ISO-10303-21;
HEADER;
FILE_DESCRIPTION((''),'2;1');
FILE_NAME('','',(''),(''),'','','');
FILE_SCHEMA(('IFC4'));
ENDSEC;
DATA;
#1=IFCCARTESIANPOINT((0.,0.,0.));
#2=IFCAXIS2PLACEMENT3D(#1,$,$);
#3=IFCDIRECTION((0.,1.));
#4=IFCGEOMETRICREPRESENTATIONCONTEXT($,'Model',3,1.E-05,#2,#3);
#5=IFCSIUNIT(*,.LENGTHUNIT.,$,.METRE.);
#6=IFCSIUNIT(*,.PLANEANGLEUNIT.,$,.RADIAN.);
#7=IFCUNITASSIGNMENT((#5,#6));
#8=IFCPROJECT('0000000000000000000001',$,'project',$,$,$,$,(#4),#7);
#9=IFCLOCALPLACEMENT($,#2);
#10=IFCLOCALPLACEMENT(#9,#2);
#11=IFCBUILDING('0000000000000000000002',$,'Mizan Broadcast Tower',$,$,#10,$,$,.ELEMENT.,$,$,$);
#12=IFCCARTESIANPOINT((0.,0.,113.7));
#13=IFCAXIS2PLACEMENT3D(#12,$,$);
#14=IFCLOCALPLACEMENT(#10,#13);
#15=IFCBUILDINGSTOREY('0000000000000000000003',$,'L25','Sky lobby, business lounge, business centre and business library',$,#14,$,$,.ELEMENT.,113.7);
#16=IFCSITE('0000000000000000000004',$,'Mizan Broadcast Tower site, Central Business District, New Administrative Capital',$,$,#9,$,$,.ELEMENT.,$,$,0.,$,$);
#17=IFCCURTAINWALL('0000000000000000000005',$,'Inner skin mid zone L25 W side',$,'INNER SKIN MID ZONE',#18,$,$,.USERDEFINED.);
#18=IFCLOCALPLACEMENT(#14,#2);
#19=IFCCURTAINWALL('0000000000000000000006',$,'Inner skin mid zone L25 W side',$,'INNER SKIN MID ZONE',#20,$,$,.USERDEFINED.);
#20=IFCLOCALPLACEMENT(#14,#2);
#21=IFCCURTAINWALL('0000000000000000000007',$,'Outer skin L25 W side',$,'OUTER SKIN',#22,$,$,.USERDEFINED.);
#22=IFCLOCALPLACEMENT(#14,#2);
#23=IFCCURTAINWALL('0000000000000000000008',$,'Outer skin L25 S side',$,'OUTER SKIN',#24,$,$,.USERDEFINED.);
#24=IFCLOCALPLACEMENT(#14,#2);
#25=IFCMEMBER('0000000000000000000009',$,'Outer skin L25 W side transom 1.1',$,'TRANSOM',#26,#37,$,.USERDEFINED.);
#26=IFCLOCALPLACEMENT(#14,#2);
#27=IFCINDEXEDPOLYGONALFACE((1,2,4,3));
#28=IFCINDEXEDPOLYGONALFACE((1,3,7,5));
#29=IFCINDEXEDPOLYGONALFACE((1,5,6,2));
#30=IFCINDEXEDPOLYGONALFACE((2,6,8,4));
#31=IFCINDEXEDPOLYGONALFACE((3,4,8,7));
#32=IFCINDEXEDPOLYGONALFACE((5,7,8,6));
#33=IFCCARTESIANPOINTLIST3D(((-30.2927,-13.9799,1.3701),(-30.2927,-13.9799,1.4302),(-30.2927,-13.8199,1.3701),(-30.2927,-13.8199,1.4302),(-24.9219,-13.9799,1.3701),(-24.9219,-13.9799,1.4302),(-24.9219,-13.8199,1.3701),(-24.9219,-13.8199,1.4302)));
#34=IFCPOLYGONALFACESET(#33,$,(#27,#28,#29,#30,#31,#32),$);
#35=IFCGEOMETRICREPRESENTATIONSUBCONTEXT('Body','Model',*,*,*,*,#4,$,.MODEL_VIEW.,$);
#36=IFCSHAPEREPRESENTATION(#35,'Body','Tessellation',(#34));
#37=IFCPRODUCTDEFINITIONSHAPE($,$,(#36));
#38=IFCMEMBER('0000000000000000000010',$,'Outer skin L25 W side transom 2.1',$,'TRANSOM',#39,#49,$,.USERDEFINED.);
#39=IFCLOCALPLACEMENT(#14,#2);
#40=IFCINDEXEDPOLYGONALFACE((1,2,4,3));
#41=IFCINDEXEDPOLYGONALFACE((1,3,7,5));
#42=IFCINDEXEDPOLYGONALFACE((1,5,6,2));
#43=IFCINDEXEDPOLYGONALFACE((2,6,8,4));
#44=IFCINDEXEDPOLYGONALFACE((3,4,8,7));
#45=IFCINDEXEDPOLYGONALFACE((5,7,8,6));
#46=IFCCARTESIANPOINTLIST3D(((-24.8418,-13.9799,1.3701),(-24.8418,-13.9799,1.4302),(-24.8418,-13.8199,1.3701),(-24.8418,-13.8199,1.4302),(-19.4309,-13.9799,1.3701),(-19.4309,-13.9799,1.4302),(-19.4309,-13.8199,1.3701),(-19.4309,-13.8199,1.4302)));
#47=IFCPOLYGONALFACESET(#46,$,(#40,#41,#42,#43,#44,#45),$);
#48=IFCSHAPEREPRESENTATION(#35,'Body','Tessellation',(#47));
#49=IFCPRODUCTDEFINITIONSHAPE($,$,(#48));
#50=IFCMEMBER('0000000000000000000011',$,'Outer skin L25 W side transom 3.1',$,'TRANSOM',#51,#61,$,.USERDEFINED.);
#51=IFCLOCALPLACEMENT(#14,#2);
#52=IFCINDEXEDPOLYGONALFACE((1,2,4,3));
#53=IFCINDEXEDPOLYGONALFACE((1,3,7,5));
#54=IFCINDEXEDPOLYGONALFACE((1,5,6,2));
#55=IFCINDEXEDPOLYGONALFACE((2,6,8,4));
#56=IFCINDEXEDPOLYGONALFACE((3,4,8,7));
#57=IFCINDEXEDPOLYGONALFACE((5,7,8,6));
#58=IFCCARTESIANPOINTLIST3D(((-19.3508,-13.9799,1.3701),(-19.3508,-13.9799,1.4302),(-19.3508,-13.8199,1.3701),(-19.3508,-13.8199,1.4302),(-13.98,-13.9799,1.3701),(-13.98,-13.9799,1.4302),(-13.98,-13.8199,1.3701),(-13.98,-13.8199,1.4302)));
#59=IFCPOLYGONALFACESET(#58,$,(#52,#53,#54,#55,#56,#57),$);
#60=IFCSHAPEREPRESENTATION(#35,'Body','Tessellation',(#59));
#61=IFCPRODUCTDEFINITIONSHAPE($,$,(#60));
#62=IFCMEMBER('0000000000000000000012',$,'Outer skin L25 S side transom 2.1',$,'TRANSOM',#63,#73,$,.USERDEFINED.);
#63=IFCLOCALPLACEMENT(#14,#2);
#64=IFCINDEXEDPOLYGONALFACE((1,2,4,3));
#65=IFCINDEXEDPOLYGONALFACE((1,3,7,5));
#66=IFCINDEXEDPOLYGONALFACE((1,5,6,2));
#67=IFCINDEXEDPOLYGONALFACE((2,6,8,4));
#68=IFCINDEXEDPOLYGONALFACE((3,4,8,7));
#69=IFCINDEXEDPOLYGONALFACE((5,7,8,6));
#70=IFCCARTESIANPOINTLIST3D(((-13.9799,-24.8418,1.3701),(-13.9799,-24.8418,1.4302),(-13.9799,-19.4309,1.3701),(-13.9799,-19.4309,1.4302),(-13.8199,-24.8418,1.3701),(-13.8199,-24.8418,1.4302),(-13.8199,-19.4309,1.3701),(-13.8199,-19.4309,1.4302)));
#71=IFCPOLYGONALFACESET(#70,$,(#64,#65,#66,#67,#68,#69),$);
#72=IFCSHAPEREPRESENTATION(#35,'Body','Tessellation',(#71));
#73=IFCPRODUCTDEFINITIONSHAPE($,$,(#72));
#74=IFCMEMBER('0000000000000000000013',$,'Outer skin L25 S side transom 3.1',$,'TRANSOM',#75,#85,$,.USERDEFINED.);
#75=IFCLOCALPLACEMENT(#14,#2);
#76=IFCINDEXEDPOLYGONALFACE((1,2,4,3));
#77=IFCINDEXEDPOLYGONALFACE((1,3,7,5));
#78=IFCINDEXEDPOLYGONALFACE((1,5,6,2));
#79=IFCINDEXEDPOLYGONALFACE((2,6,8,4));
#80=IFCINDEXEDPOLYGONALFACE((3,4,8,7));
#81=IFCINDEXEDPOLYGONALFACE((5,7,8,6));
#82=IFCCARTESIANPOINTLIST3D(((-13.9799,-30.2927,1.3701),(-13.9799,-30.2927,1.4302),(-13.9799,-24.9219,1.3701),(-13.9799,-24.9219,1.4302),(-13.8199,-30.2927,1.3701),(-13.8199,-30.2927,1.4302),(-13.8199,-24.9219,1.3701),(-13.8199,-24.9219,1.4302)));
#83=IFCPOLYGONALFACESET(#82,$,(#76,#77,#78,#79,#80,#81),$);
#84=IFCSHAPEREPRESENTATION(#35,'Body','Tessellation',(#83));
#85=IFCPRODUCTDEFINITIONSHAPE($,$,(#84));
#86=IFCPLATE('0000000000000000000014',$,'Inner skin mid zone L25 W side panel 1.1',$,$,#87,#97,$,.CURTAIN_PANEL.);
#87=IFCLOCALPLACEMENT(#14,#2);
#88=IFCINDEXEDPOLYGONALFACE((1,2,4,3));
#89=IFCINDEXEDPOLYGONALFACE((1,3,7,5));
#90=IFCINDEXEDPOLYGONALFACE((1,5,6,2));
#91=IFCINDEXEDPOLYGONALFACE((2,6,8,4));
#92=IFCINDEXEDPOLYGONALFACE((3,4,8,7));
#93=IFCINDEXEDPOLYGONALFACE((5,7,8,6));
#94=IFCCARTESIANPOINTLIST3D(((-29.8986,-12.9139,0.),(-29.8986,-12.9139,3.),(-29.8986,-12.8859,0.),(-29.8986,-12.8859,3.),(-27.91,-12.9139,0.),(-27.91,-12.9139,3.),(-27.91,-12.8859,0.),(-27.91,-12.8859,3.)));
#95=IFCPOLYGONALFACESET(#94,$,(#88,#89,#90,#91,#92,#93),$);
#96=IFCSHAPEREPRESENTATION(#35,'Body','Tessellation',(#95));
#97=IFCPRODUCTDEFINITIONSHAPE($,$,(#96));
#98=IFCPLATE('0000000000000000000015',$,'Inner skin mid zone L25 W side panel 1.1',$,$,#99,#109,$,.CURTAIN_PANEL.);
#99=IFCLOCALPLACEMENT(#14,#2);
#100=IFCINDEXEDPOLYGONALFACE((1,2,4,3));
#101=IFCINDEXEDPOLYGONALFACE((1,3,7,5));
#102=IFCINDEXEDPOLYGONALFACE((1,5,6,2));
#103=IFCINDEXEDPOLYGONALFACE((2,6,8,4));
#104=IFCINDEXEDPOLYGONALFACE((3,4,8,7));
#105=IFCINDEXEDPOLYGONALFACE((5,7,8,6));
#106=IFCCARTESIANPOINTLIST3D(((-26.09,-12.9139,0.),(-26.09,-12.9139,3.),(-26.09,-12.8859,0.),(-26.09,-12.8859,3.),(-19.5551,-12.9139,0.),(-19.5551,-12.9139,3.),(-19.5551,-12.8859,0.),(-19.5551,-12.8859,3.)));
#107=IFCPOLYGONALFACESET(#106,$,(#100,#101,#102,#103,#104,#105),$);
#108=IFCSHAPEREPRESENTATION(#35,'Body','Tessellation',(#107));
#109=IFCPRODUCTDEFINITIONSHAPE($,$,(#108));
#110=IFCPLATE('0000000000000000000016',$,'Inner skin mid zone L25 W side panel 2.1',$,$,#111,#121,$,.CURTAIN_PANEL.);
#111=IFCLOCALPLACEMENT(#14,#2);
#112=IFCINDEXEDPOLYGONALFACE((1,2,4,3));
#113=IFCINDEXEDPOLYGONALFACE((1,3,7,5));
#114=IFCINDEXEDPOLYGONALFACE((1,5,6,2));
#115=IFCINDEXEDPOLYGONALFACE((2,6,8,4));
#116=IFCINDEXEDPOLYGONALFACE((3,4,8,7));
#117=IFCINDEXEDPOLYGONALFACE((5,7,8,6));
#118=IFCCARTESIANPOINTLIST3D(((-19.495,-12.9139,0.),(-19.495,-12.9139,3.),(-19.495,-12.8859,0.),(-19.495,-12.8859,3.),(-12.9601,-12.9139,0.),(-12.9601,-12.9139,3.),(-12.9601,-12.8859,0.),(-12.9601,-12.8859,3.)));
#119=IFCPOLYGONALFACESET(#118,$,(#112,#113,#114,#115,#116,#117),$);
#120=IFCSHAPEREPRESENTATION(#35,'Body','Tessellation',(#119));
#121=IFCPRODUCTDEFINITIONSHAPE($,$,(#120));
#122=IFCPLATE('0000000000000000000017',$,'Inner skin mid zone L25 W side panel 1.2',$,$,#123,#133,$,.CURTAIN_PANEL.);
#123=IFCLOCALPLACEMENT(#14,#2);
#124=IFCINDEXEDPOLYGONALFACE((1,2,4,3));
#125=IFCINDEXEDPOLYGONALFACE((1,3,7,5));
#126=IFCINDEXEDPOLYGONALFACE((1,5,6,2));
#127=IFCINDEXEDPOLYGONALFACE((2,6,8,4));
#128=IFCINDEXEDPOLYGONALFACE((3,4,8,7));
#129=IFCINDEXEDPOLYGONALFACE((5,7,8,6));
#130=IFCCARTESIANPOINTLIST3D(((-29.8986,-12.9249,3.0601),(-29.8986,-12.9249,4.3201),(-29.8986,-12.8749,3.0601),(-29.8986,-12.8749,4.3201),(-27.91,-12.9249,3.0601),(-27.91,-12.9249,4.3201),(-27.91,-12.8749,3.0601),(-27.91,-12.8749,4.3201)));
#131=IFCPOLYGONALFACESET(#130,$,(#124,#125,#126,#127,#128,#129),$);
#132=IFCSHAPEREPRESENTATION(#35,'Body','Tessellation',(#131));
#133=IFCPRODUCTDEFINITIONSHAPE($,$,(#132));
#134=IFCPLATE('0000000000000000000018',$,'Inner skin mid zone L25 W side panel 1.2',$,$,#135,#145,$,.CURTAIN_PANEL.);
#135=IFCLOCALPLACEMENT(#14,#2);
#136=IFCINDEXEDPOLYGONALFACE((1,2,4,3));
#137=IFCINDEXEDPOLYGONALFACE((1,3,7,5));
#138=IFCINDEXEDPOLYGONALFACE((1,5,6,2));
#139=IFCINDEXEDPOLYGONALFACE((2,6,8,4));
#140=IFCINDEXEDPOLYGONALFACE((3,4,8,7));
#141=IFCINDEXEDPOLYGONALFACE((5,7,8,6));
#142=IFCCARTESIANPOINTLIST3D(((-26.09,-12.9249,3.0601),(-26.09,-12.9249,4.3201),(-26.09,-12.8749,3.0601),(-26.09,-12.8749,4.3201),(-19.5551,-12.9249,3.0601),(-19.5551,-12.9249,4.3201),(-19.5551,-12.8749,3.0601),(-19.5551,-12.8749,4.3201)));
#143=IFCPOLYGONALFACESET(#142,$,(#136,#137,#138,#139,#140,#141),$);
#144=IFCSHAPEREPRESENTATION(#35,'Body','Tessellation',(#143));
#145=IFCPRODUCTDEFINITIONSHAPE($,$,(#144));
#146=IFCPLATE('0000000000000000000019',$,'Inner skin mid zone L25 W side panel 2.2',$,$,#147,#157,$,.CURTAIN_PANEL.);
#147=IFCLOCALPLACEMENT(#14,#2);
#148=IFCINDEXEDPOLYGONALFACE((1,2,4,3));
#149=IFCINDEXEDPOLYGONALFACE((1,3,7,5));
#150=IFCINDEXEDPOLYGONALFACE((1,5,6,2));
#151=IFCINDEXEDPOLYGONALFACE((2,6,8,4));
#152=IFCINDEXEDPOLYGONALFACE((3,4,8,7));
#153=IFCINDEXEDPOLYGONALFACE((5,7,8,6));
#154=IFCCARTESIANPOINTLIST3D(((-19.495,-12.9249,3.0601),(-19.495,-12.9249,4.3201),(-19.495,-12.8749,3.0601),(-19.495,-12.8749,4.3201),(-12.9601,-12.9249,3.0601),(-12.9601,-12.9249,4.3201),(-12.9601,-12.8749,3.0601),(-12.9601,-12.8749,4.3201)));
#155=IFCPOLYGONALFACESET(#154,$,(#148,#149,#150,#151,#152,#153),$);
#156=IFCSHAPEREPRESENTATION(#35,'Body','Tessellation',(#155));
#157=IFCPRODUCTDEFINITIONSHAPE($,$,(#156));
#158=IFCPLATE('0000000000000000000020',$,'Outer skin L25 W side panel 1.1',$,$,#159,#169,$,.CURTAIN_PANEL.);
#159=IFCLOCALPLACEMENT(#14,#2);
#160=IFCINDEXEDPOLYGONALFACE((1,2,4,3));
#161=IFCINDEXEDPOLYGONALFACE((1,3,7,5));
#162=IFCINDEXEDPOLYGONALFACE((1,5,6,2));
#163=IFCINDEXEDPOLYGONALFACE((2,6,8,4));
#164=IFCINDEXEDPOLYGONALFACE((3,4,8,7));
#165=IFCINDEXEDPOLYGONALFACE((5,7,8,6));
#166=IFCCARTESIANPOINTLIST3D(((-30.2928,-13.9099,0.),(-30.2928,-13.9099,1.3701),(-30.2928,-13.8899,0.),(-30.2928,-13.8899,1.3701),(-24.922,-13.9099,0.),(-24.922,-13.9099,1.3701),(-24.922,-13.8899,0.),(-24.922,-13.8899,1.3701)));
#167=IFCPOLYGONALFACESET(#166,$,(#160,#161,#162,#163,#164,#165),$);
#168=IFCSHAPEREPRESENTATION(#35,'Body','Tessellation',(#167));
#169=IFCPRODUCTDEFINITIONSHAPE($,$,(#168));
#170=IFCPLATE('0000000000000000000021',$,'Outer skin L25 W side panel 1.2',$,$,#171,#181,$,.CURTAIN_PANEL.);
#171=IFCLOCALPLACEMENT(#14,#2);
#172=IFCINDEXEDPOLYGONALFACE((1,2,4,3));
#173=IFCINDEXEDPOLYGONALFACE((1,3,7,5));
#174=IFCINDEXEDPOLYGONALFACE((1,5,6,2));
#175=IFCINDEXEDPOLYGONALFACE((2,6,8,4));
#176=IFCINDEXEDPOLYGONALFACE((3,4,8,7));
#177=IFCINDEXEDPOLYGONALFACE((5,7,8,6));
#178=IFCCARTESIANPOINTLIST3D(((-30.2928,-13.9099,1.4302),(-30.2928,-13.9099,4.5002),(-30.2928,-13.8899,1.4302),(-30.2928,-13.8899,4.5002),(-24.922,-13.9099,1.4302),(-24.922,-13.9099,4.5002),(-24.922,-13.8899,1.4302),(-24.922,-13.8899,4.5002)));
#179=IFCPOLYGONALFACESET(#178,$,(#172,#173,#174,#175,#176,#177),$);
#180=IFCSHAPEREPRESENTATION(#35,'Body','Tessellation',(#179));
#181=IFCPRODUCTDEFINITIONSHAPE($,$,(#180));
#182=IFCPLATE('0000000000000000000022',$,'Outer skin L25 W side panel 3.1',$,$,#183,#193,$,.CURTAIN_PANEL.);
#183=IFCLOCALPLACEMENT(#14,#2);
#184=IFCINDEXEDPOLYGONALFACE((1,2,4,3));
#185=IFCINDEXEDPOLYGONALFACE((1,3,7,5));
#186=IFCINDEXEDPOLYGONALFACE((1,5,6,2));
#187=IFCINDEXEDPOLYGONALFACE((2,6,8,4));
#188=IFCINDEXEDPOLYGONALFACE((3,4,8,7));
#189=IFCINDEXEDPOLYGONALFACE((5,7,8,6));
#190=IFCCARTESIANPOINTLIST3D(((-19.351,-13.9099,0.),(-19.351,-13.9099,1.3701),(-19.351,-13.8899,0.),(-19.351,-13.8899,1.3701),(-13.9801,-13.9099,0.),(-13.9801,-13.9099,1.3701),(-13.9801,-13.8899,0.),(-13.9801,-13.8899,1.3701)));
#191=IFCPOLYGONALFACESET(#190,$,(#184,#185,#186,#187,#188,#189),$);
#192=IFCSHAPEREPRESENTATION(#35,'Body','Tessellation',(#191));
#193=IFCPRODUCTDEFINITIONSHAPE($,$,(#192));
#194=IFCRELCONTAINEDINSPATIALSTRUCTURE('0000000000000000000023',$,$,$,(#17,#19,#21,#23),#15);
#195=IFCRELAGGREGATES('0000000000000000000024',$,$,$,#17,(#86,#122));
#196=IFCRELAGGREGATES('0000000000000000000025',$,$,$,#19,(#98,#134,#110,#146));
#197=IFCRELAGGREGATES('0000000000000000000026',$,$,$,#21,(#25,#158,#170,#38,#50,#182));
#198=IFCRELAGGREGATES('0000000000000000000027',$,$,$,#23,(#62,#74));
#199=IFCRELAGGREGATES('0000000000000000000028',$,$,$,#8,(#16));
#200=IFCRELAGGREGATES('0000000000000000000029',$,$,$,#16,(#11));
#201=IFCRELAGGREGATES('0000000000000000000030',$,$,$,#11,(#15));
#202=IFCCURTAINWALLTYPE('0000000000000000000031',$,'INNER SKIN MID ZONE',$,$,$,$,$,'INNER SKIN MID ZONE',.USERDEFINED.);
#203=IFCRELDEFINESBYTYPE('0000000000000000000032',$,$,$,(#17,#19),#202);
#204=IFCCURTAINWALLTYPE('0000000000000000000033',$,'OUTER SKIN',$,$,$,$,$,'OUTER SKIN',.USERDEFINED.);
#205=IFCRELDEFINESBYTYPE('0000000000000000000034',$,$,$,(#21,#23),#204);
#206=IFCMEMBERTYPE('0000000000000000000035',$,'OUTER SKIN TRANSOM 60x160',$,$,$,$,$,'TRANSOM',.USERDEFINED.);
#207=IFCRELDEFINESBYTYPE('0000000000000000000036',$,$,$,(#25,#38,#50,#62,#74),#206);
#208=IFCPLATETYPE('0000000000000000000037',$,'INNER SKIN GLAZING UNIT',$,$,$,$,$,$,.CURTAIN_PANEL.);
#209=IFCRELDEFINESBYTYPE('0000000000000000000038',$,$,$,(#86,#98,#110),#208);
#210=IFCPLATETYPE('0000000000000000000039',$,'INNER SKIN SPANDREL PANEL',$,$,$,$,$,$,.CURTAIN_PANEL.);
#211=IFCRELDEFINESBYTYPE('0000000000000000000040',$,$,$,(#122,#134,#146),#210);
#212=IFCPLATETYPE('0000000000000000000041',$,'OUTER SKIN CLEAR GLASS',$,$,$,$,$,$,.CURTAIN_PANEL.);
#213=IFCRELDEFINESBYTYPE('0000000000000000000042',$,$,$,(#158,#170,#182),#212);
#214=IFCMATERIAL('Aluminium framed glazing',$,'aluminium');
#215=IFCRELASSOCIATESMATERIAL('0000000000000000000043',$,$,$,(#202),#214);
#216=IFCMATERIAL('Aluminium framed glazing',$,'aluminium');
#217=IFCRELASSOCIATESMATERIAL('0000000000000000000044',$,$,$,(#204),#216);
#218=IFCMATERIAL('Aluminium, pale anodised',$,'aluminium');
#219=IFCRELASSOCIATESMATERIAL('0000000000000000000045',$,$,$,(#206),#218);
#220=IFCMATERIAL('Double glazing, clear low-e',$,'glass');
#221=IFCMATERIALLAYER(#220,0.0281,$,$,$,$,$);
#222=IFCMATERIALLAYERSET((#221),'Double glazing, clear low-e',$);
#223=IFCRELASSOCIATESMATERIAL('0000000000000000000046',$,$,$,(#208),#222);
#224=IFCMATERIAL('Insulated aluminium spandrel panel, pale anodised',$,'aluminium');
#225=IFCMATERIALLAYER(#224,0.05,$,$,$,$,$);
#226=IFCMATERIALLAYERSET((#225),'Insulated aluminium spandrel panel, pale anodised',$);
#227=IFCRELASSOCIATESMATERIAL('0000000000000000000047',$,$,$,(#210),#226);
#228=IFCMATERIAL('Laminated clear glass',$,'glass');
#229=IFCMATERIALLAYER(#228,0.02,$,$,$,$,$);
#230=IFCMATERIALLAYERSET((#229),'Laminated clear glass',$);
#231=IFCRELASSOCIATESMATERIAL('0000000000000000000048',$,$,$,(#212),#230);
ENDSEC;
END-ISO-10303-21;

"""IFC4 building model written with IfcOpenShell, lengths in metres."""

from ifc_helpers import new_model, si_unit, direction, frame, origin, origin_2d, place, context, subcontext, project, spatial, rectangle, extrude, material, layer, layer_set, material_profile, profile_set, type_object, element, aggregate, save


model = new_model("IFC4")

# Units and contexts
model_context = context("Model", 3, precision=1e-05, world=origin(), true_north=direction((0.0, 1.0)))
body_context = subcontext(model_context, "Body", "Model", "MODEL_VIEW")
ifc_project = project(units=[si_unit("LENGTHUNIT", "METRE"), si_unit("PLANEANGLEUNIT", "RADIAN")], contexts=[model_context])

# Site, building, storey
site_placement = place(None, origin())
site = spatial("IfcSite", under=ifc_project, at=site_placement, Name="Mizan Broadcast Tower site, Central Business District, New Administrative Capital", CompositionType="ELEMENT", RefElevation=0.0)
building_placement = place(site_placement, origin())
building = spatial("IfcBuilding", under=site, at=building_placement, Name="Mizan Broadcast Tower", CompositionType="ELEMENT")
storey_placement = place(building_placement, frame((0.0, 0.0, 113.7)))
storey = spatial("IfcBuildingStorey", under=building, at=storey_placement, Name="L25", Description="Sky lobby, business lounge, business centre and business library", CompositionType="ELEMENT", Elevation=113.7)

# Curtain wall
ifc_material_1 = material(Name="Aluminium framed glazing", Category="aluminium")
curtain_wall_type_1 = type_object("IfcCurtainWallType", Name="INNER SKIN MID ZONE", ElementType="INNER SKIN MID ZONE", PredefinedType="USERDEFINED", material=ifc_material_1)
curtain_wall_1_placement = place(storey_placement, origin())
curtain_wall_1 = element("IfcCurtainWall", 1, at=curtain_wall_1_placement, inside=storey, type_object=curtain_wall_type_1, Name="Inner skin mid zone L25 W side", ObjectType="INNER SKIN MID ZONE", PredefinedType="USERDEFINED")

# Curtain wall
curtain_wall_2_placement = place(storey_placement, origin())
curtain_wall_2 = element("IfcCurtainWall", 2, at=curtain_wall_2_placement, inside=storey, type_object=curtain_wall_type_1, Name="Inner skin mid zone L25 W side", ObjectType="INNER SKIN MID ZONE", PredefinedType="USERDEFINED")

# Shared definitions
ifc_material_2 = material(Name="Aluminium framed glazing", Category="aluminium")
curtain_wall_type_2 = type_object("IfcCurtainWallType", Name="OUTER SKIN", ElementType="OUTER SKIN", PredefinedType="USERDEFINED", material=ifc_material_2)

# Curtain walls
curtain_wall_3_placement = place(storey_placement, origin())
curtain_wall_3 = element("IfcCurtainWall", 3, at=curtain_wall_3_placement, inside=storey, type_object=curtain_wall_type_2, Name="Outer skin L25 W side", ObjectType="OUTER SKIN", PredefinedType="USERDEFINED")
curtain_wall_4_placement = place(storey_placement, origin())
curtain_wall_4 = element("IfcCurtainWall", 4, at=curtain_wall_4_placement, inside=storey, type_object=curtain_wall_type_2, Name="Outer skin L25 S side", ObjectType="OUTER SKIN", PredefinedType="USERDEFINED")

# Members
ifc_material_3 = material(Name="Aluminium, pale anodised", Category="aluminium")
ifc_material_profile_1 = material_profile(ifc_material_3, rectangle(XDim=0.1599, YDim=0.0601, at=origin_2d()), Name="TRANSOM 160x60")
ifc_profile_set_1 = profile_set([ifc_material_profile_1], Name="Aluminium, pale anodised")
member_type_1 = type_object("IfcMemberType", Name="OUTER SKIN TRANSOM 60x160", ElementType="TRANSOM", PredefinedType="USERDEFINED", material=ifc_profile_set_1)
member_1_placement = place(storey_placement, frame((-30.2927, -13.8999, 1.4001), z_axis=(1.0, 0.0, 0.0), x_axis=(0.0, 1.0, 0.0)))
member_1 = element("IfcMember", 5, at=member_1_placement, type_object=member_type_1, Name="Outer skin L25 W side transom 1.1", ObjectType="TRANSOM", PredefinedType="USERDEFINED", context=body_context, shape_type="SweptSolid", body=[
    extrude(rectangle(XDim=0.1599, YDim=0.0601, at=origin_2d()), origin(), (0.0, 0.0, 1.0), 5.3708),
])
member_2_placement = place(storey_placement, frame((-24.8418, -13.8999, 1.4001), z_axis=(1.0, 0.0, 0.0), x_axis=(0.0, 1.0, 0.0)))
member_2 = element("IfcMember", 6, at=member_2_placement, type_object=member_type_1, Name="Outer skin L25 W side transom 2.1", ObjectType="TRANSOM", PredefinedType="USERDEFINED", context=body_context, shape_type="SweptSolid", body=[
    extrude(rectangle(XDim=0.1599, YDim=0.0601, at=origin_2d()), origin(), (0.0, 0.0, 1.0), 5.4109),
])
member_3_placement = place(storey_placement, frame((-19.3508, -13.8999, 1.4001), z_axis=(1.0, 0.0, 0.0), x_axis=(0.0, 1.0, 0.0)))
member_3 = element("IfcMember", 7, at=member_3_placement, type_object=member_type_1, Name="Outer skin L25 W side transom 3.1", ObjectType="TRANSOM", PredefinedType="USERDEFINED", context=body_context, shape_type="SweptSolid", body=[
    extrude(rectangle(XDim=0.1599, YDim=0.0601, at=origin_2d()), origin(), (0.0, 0.0, 1.0), 5.3708),
])
member_4_placement = place(storey_placement, frame((-13.8999, -19.4309, 1.4001), z_axis=(0.0, -1.0, 0.0), x_axis=(1.0, 0.0, 0.0)))
member_4 = element("IfcMember", 8, at=member_4_placement, type_object=member_type_1, Name="Outer skin L25 S side transom 2.1", ObjectType="TRANSOM", PredefinedType="USERDEFINED", context=body_context, shape_type="SweptSolid", body=[
    extrude(rectangle(XDim=0.1599, YDim=0.0601, at=origin_2d()), origin(), (0.0, 0.0, 1.0), 5.4109),
])
member_5_placement = place(storey_placement, frame((-13.8999, -24.9219, 1.4001), z_axis=(0.0, -1.0, 0.0), x_axis=(1.0, 0.0, 0.0)))
member_5 = element("IfcMember", 9, at=member_5_placement, type_object=member_type_1, Name="Outer skin L25 S side transom 3.1", ObjectType="TRANSOM", PredefinedType="USERDEFINED", context=body_context, shape_type="SweptSolid", body=[
    extrude(rectangle(XDim=0.1599, YDim=0.0601, at=origin_2d()), origin(), (0.0, 0.0, 1.0), 5.3708),
])

# Plates
ifc_material_4 = material(Name="Double glazing, clear low-e", Category="glass")
ifc_layer_1 = layer(ifc_material_4, 0.0281)
ifc_layer_set_1 = layer_set([ifc_layer_1], Name="Double glazing, clear low-e")
plate_type_1 = type_object("IfcPlateType", Name="INNER SKIN GLAZING UNIT", PredefinedType="CURTAIN_PANEL", material=ifc_layer_set_1)
plate_1_placement = place(storey_placement, frame((-28.9043, -12.8999, 0.0), z_axis=(0.0, 0.0, 1.0), x_axis=(1.0, 0.0, 0.0)))
plate_1 = element("IfcPlate", 10, at=plate_1_placement, type_object=plate_type_1, Name="Inner skin mid zone L25 W side panel 1.1", PredefinedType="CURTAIN_PANEL", context=body_context, shape_type="SweptSolid", body=[
    extrude(rectangle(XDim=1.9885, YDim=0.0281, at=origin_2d()), origin(), (0.0, 0.0, 1.0), 3.0),
])
plate_2_placement = place(storey_placement, frame((-22.8225, -12.8999, 0.0), z_axis=(0.0, 0.0, 1.0), x_axis=(1.0, 0.0, 0.0)))
plate_2 = element("IfcPlate", 11, at=plate_2_placement, type_object=plate_type_1, Name="Inner skin mid zone L25 W side panel 1.1", PredefinedType="CURTAIN_PANEL", context=body_context, shape_type="SweptSolid", body=[
    extrude(rectangle(XDim=6.5349, YDim=0.0281, at=origin_2d()), origin(), (0.0, 0.0, 1.0), 3.0),
])
plate_3_placement = place(storey_placement, frame((-16.2275, -12.8999, 0.0), z_axis=(0.0, 0.0, 1.0), x_axis=(1.0, 0.0, 0.0)))
plate_3 = element("IfcPlate", 12, at=plate_3_placement, type_object=plate_type_1, Name="Inner skin mid zone L25 W side panel 2.1", PredefinedType="CURTAIN_PANEL", context=body_context, shape_type="SweptSolid", body=[
    extrude(rectangle(XDim=6.5349, YDim=0.0281, at=origin_2d()), origin(), (0.0, 0.0, 1.0), 3.0),
])
ifc_material_5 = material(Name="Insulated aluminium spandrel panel, pale anodised", Category="aluminium")
ifc_layer_2 = layer(ifc_material_5, 0.05)
ifc_layer_set_2 = layer_set([ifc_layer_2], Name="Insulated aluminium spandrel panel, pale anodised")
plate_type_2 = type_object("IfcPlateType", Name="INNER SKIN SPANDREL PANEL", PredefinedType="CURTAIN_PANEL", material=ifc_layer_set_2)
plate_4_placement = place(storey_placement, frame((-28.9043, -12.8999, 3.0601), z_axis=(0.0, 0.0, 1.0), x_axis=(1.0, 0.0, 0.0)))
plate_4 = element("IfcPlate", 13, at=plate_4_placement, type_object=plate_type_2, Name="Inner skin mid zone L25 W side panel 1.2", PredefinedType="CURTAIN_PANEL", context=body_context, shape_type="SweptSolid", body=[
    extrude(rectangle(XDim=1.9885, YDim=0.05, at=origin_2d()), origin(), (0.0, 0.0, 1.0), 1.26),
])
aggregate(curtain_wall_1, [plate_1, plate_4])
plate_5_placement = place(storey_placement, frame((-22.8225, -12.8999, 3.0601), z_axis=(0.0, 0.0, 1.0), x_axis=(1.0, 0.0, 0.0)))
plate_5 = element("IfcPlate", 14, at=plate_5_placement, type_object=plate_type_2, Name="Inner skin mid zone L25 W side panel 1.2", PredefinedType="CURTAIN_PANEL", context=body_context, shape_type="SweptSolid", body=[
    extrude(rectangle(XDim=6.5349, YDim=0.05, at=origin_2d()), origin(), (0.0, 0.0, 1.0), 1.26),
])
plate_6_placement = place(storey_placement, frame((-16.2275, -12.8999, 3.0601), z_axis=(0.0, 0.0, 1.0), x_axis=(1.0, 0.0, 0.0)))
plate_6 = element("IfcPlate", 15, at=plate_6_placement, type_object=plate_type_2, Name="Inner skin mid zone L25 W side panel 2.2", PredefinedType="CURTAIN_PANEL", context=body_context, shape_type="SweptSolid", body=[
    extrude(rectangle(XDim=6.5349, YDim=0.05, at=origin_2d()), origin(), (0.0, 0.0, 1.0), 1.26),
])
aggregate(curtain_wall_2, [plate_2, plate_5, plate_3, plate_6])
ifc_material_6 = material(Name="Laminated clear glass", Category="glass")
ifc_layer_3 = layer(ifc_material_6, 0.02)
ifc_layer_set_3 = layer_set([ifc_layer_3], Name="Laminated clear glass")
plate_type_3 = type_object("IfcPlateType", Name="OUTER SKIN CLEAR GLASS", PredefinedType="CURTAIN_PANEL", material=ifc_layer_set_3)
plate_7_placement = place(storey_placement, frame((-27.6074, -13.8999, 0.0), z_axis=(0.0, 0.0, 1.0), x_axis=(1.0, 0.0, 0.0)))
plate_7 = element("IfcPlate", 16, at=plate_7_placement, type_object=plate_type_3, Name="Outer skin L25 W side panel 1.1", PredefinedType="CURTAIN_PANEL", context=body_context, shape_type="SweptSolid", body=[
    extrude(rectangle(XDim=5.3708, YDim=0.02, at=origin_2d()), origin(), (0.0, 0.0, 1.0), 1.3701),
])
plate_8_placement = place(storey_placement, frame((-27.6074, -13.8999, 1.4302), z_axis=(0.0, 0.0, 1.0), x_axis=(1.0, 0.0, 0.0)))
plate_8 = element("IfcPlate", 17, at=plate_8_placement, type_object=plate_type_3, Name="Outer skin L25 W side panel 1.2", PredefinedType="CURTAIN_PANEL", context=body_context, shape_type="SweptSolid", body=[
    extrude(rectangle(XDim=5.3708, YDim=0.02, at=origin_2d()), origin(), (0.0, 0.0, 1.0), 3.0701),
])
plate_9_placement = place(storey_placement, frame((-16.6655, -13.8999, 0.0), z_axis=(0.0, 0.0, 1.0), x_axis=(1.0, 0.0, 0.0)))
plate_9 = element("IfcPlate", 18, at=plate_9_placement, type_object=plate_type_3, Name="Outer skin L25 W side panel 3.1", PredefinedType="CURTAIN_PANEL", context=body_context, shape_type="SweptSolid", body=[
    extrude(rectangle(XDim=5.3708, YDim=0.02, at=origin_2d()), origin(), (0.0, 0.0, 1.0), 1.3701),
])
aggregate(curtain_wall_3, [member_1, plate_7, plate_8, member_2, member_3, plate_9])
aggregate(curtain_wall_4, [member_4, member_5])

save(model, "model.ifc")
